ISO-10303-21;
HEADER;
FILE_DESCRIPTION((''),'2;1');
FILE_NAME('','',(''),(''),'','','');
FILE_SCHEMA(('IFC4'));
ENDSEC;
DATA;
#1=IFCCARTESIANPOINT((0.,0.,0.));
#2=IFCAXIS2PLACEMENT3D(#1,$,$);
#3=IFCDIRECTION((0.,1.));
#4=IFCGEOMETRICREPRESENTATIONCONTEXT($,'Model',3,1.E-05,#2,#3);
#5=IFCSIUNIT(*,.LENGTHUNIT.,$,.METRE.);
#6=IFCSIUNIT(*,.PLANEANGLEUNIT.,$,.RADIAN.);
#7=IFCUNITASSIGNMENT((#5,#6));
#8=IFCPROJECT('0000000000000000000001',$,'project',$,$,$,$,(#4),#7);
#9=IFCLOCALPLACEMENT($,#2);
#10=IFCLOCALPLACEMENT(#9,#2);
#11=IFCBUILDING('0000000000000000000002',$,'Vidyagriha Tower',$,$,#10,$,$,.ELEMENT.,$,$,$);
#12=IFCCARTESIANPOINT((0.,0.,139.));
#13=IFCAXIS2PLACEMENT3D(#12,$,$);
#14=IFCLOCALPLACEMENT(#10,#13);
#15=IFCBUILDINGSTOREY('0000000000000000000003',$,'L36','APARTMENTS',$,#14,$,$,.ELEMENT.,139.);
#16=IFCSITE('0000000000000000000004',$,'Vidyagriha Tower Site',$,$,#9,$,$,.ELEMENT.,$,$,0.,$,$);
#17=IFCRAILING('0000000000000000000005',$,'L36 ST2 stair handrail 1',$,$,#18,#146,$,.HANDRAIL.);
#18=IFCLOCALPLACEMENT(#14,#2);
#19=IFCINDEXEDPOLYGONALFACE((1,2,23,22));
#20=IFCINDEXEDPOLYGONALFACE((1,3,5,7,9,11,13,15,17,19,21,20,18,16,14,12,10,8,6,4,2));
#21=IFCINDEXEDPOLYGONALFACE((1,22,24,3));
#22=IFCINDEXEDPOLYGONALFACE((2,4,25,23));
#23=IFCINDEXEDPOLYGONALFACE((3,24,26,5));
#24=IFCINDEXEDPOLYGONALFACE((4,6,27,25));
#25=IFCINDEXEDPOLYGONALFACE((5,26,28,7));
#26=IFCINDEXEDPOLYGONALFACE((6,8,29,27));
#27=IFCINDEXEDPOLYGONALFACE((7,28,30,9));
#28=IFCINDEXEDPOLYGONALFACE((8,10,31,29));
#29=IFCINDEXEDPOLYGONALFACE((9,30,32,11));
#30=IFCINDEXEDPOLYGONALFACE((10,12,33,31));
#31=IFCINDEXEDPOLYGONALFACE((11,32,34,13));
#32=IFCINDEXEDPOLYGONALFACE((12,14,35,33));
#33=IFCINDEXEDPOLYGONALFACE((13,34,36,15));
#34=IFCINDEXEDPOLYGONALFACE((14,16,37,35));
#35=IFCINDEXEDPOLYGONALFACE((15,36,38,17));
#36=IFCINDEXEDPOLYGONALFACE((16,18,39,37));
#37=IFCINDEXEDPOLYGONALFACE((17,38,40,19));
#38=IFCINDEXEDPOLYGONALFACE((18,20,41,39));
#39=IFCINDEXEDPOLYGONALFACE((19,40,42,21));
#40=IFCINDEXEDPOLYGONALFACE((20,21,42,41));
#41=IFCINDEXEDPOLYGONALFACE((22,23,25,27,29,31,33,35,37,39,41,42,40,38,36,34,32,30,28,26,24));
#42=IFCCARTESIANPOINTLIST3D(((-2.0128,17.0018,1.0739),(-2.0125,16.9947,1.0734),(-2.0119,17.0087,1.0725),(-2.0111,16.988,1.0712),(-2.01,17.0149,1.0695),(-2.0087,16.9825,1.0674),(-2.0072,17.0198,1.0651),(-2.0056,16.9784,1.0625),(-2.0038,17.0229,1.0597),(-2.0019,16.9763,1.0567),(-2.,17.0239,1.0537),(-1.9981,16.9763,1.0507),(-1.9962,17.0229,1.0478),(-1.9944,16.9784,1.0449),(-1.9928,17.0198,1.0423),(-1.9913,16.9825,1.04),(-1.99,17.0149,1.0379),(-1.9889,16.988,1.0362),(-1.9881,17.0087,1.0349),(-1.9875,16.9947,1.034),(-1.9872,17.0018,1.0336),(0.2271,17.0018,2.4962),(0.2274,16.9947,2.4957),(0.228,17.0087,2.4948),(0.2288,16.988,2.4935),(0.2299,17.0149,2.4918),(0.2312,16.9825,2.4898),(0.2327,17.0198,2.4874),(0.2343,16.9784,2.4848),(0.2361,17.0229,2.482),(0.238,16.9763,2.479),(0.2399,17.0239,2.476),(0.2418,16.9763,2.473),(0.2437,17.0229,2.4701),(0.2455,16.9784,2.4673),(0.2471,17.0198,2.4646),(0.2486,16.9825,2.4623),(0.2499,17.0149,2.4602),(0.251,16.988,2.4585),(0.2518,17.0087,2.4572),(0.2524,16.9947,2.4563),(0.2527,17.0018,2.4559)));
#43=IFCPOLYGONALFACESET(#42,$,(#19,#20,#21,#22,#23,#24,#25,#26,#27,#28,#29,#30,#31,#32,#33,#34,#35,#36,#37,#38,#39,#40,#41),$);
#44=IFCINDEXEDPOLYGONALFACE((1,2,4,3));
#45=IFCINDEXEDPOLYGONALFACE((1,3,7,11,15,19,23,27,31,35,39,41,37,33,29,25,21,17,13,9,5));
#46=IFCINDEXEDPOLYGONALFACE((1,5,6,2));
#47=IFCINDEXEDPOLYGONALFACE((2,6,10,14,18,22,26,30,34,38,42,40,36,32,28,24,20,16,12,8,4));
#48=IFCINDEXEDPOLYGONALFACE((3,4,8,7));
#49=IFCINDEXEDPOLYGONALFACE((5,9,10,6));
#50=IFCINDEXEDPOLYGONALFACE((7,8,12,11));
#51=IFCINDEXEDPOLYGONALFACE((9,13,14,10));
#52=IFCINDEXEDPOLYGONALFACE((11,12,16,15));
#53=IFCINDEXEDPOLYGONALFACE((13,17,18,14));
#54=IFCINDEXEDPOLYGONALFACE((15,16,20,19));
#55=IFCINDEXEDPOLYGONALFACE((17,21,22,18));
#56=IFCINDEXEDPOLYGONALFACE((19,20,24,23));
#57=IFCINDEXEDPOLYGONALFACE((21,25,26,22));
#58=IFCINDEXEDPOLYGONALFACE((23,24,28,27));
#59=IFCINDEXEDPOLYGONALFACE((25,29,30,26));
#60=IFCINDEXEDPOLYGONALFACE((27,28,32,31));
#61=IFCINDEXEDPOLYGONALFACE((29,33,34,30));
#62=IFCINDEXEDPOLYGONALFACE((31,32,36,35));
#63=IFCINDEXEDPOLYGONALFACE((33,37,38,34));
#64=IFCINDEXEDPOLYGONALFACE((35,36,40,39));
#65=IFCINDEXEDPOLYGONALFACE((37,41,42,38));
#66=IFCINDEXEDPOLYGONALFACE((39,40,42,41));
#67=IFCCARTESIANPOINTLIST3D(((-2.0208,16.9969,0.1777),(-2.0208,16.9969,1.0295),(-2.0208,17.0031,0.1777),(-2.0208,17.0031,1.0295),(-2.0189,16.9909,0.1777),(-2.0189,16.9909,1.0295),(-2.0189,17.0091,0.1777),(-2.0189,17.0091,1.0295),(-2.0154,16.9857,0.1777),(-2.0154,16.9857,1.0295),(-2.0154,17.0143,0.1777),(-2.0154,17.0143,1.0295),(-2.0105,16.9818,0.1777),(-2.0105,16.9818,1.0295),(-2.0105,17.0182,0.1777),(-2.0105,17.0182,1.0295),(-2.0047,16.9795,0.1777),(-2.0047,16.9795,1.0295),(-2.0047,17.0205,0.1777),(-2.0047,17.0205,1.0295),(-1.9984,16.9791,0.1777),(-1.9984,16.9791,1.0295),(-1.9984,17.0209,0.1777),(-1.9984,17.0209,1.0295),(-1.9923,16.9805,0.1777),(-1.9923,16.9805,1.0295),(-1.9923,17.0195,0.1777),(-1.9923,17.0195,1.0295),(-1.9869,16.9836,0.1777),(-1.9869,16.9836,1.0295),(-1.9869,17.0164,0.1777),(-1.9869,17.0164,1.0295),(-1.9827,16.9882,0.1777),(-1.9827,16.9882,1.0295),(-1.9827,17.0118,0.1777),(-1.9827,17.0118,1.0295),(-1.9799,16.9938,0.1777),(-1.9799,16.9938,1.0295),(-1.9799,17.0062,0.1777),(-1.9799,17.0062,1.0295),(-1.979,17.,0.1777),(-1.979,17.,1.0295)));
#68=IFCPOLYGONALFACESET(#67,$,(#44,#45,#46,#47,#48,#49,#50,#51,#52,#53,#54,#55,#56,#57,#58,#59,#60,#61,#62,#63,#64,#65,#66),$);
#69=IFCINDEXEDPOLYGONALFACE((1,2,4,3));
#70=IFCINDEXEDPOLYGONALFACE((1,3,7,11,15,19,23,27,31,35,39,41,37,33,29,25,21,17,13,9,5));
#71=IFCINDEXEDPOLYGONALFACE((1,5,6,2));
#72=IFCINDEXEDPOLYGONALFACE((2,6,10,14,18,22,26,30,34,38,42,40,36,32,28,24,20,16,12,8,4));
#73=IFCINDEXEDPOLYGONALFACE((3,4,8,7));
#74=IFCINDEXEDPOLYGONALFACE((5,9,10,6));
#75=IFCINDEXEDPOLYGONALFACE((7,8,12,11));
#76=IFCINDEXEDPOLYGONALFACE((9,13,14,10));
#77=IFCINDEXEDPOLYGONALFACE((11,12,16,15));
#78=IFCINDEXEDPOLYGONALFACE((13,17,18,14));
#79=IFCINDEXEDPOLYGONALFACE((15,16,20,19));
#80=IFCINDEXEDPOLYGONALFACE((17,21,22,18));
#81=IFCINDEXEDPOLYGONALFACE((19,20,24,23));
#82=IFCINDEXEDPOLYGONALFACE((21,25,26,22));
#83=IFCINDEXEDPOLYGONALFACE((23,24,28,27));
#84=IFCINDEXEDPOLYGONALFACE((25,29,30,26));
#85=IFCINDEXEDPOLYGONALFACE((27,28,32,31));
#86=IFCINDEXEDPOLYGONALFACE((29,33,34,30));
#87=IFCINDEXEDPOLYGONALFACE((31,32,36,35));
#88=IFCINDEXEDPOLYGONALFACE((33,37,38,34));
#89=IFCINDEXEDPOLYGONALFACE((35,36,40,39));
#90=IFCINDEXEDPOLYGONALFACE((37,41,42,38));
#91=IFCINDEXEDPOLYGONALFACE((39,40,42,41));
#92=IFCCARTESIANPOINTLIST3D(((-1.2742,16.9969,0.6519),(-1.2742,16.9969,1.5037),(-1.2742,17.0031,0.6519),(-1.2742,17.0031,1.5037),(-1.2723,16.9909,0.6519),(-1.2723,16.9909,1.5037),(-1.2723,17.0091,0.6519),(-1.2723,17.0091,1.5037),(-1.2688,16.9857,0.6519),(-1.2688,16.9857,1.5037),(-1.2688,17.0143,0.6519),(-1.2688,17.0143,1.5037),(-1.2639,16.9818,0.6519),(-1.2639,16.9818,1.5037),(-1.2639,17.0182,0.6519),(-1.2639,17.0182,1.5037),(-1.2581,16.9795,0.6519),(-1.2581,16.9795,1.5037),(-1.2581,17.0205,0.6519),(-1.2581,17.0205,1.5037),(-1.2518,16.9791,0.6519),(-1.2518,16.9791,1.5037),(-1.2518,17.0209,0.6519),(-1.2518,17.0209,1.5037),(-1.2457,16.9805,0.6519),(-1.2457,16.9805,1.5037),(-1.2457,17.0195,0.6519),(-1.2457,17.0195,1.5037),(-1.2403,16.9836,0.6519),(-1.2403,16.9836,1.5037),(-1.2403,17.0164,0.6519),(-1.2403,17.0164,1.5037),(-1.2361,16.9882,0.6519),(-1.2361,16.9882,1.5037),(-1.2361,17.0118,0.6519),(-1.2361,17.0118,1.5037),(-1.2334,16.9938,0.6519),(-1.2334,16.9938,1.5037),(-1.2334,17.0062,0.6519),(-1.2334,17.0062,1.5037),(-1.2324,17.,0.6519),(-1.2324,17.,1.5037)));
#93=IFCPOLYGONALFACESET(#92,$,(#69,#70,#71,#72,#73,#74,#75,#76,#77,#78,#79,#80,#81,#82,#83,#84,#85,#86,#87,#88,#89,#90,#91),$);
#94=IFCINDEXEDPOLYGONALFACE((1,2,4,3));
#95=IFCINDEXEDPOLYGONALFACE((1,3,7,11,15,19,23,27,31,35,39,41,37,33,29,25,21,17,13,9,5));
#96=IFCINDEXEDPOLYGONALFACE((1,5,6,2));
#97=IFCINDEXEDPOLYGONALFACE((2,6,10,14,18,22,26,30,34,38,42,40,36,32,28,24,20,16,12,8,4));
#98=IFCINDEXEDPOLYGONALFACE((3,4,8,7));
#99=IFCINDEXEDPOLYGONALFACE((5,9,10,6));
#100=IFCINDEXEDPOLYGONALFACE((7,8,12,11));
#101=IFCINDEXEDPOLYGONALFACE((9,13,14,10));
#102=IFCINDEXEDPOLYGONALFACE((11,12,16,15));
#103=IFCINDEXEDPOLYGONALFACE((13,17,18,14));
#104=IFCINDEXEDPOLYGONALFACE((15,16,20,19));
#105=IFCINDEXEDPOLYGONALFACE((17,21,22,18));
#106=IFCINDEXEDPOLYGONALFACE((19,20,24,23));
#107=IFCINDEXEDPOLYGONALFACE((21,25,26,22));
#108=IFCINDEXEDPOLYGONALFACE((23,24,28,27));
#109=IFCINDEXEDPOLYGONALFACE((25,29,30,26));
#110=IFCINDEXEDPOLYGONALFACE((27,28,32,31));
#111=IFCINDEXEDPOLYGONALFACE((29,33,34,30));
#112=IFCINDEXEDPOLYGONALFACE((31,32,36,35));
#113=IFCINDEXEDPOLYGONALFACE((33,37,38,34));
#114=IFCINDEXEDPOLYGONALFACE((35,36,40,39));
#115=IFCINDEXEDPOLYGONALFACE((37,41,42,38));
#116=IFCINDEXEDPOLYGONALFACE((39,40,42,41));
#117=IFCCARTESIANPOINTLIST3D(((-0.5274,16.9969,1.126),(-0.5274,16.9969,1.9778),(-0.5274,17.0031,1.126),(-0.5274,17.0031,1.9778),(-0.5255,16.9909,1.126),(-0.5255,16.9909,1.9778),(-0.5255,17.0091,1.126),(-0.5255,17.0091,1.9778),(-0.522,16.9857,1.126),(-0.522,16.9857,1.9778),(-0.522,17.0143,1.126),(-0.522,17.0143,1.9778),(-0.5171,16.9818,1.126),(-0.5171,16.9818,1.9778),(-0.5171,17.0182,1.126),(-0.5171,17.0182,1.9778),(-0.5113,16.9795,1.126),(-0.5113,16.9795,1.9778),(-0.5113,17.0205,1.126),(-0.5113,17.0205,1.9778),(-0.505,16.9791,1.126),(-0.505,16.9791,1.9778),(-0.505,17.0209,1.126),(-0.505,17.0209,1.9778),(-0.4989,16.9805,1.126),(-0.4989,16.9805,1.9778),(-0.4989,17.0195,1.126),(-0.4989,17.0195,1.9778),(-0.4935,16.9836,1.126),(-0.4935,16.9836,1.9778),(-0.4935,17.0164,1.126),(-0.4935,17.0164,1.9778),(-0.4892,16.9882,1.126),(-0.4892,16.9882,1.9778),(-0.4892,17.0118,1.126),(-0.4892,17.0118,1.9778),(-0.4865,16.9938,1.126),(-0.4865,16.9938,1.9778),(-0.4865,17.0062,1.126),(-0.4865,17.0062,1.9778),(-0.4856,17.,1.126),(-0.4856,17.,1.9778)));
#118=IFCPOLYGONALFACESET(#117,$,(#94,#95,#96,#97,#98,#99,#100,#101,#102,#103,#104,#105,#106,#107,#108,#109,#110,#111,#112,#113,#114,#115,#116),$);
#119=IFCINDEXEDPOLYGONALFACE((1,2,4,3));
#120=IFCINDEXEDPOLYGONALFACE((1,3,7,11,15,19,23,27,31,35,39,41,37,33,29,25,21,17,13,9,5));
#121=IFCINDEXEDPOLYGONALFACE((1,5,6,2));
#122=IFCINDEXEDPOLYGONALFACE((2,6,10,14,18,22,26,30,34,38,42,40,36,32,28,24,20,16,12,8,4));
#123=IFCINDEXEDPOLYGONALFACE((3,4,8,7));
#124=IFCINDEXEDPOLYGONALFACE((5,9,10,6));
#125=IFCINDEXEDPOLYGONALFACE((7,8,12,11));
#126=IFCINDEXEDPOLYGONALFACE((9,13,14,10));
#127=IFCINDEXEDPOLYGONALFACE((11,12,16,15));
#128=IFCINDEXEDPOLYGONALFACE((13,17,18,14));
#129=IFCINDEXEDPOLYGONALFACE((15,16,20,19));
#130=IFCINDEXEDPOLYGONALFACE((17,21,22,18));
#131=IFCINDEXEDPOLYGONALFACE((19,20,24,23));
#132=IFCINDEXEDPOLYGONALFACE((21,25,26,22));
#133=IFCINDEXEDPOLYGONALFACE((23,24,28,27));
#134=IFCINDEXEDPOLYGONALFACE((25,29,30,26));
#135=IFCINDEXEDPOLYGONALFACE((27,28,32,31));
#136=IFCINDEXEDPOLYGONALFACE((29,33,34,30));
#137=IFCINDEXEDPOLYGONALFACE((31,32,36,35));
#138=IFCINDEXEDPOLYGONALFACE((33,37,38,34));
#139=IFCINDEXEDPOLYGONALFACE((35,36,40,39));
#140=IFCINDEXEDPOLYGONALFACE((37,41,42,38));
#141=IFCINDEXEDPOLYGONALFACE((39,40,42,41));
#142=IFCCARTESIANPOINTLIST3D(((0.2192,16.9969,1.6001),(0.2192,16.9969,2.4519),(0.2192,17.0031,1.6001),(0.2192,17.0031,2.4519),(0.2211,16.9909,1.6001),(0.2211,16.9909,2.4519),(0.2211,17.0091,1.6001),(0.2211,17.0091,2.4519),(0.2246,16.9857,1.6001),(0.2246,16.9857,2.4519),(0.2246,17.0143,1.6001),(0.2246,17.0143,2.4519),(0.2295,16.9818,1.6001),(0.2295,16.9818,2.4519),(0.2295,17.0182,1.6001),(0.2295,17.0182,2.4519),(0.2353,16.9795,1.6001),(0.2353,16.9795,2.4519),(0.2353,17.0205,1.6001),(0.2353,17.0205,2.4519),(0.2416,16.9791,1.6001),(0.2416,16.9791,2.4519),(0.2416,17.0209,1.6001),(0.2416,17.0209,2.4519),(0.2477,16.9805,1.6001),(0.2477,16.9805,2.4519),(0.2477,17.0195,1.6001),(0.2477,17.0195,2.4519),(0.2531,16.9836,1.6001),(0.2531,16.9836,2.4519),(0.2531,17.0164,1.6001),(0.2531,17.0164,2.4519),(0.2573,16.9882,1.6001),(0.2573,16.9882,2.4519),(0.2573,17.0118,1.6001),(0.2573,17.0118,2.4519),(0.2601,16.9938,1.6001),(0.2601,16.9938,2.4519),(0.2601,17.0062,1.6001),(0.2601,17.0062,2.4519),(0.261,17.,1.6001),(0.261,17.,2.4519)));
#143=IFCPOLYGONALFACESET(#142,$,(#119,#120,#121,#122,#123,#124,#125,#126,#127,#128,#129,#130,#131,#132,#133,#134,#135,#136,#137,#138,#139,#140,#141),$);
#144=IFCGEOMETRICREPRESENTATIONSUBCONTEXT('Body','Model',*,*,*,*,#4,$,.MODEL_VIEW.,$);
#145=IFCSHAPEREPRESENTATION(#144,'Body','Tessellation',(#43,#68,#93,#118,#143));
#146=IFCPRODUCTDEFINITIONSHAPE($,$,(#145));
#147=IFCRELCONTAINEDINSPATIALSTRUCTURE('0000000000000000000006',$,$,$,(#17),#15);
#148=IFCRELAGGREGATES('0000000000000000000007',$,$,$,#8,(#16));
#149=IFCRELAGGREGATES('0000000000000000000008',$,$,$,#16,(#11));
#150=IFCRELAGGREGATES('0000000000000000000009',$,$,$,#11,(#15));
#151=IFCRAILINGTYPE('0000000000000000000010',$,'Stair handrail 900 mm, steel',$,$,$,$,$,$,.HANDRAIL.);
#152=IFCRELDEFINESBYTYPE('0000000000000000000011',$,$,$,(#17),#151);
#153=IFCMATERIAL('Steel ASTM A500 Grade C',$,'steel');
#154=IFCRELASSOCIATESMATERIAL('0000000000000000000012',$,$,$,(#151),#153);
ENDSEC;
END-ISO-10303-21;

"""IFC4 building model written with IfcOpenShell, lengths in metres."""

from ifc_helpers import new_model, si_unit, direction, frame, origin, origin_2d, place, context, subcontext, project, spatial, circle, extrude, material, type_object, element, save


model = new_model("IFC4")

# Units and contexts
model_context = context("Model", 3, precision=1e-05, world=origin(), true_north=direction((0.0, 1.0)))
body_context = subcontext(model_context, "Body", "Model", "MODEL_VIEW")
ifc_project = project(units=[si_unit("LENGTHUNIT", "METRE"), si_unit("PLANEANGLEUNIT", "RADIAN")], contexts=[model_context])

# Site, building, storey
site_placement = place(None, origin())
site = spatial("IfcSite", under=ifc_project, at=site_placement, Name="Vidyagriha Tower Site", CompositionType="ELEMENT", RefElevation=0.0)
building_placement = place(site_placement, origin())
building = spatial("IfcBuilding", under=site, at=building_placement, Name="Vidyagriha Tower", CompositionType="ELEMENT")
storey_placement = place(building_placement, frame((0.0, 0.0, 139.0)))
storey = spatial("IfcBuildingStorey", under=building, at=storey_placement, Name="L36", Description="APARTMENTS", CompositionType="ELEMENT", Elevation=139.0)

# Railing
ifc_material_1 = material(Name="Steel ASTM A500 Grade C", Category="steel")
railing_type_1 = type_object("IfcRailingType", Name="Stair handrail 900 mm, steel", PredefinedType="HANDRAIL", material=ifc_material_1)
railing_1_placement = place(storey_placement, frame((-2.0, 17.0, 0.1777)))
element("IfcRailing", 1, at=railing_1_placement, inside=storey, type_object=railing_type_1, Name="L36 ST2 stair handrail 1", PredefinedType="HANDRAIL", context=body_context, shape_type="SweptSolid", body=[
    extrude(circle(Radius=0.0239, at=origin_2d()), frame((0.0, 0.0, 0.876), z_axis=(0.844188, 0.0, 0.536048), x_axis=(0.0, 1.0, 0.0)), (0.0, 0.0, 1.0), 2.6533),
    extrude(circle(Radius=0.021, at=origin_2d()), origin(), (0.0, 0.0, 1.0), 0.8518),
    extrude(circle(Radius=0.021, at=origin_2d()), frame((0.7466, 0.0, 0.4741)), (0.0, 0.0, 1.0), 0.8518),
    extrude(circle(Radius=0.021, at=origin_2d()), frame((1.4934, 0.0, 0.9482)), (0.0, 0.0, 1.0), 0.8518),
    extrude(circle(Radius=0.021, at=origin_2d()), frame((2.24, 0.0, 1.4224)), (0.0, 0.0, 1.0), 0.8518),
])

save(model, "model.ifc")
